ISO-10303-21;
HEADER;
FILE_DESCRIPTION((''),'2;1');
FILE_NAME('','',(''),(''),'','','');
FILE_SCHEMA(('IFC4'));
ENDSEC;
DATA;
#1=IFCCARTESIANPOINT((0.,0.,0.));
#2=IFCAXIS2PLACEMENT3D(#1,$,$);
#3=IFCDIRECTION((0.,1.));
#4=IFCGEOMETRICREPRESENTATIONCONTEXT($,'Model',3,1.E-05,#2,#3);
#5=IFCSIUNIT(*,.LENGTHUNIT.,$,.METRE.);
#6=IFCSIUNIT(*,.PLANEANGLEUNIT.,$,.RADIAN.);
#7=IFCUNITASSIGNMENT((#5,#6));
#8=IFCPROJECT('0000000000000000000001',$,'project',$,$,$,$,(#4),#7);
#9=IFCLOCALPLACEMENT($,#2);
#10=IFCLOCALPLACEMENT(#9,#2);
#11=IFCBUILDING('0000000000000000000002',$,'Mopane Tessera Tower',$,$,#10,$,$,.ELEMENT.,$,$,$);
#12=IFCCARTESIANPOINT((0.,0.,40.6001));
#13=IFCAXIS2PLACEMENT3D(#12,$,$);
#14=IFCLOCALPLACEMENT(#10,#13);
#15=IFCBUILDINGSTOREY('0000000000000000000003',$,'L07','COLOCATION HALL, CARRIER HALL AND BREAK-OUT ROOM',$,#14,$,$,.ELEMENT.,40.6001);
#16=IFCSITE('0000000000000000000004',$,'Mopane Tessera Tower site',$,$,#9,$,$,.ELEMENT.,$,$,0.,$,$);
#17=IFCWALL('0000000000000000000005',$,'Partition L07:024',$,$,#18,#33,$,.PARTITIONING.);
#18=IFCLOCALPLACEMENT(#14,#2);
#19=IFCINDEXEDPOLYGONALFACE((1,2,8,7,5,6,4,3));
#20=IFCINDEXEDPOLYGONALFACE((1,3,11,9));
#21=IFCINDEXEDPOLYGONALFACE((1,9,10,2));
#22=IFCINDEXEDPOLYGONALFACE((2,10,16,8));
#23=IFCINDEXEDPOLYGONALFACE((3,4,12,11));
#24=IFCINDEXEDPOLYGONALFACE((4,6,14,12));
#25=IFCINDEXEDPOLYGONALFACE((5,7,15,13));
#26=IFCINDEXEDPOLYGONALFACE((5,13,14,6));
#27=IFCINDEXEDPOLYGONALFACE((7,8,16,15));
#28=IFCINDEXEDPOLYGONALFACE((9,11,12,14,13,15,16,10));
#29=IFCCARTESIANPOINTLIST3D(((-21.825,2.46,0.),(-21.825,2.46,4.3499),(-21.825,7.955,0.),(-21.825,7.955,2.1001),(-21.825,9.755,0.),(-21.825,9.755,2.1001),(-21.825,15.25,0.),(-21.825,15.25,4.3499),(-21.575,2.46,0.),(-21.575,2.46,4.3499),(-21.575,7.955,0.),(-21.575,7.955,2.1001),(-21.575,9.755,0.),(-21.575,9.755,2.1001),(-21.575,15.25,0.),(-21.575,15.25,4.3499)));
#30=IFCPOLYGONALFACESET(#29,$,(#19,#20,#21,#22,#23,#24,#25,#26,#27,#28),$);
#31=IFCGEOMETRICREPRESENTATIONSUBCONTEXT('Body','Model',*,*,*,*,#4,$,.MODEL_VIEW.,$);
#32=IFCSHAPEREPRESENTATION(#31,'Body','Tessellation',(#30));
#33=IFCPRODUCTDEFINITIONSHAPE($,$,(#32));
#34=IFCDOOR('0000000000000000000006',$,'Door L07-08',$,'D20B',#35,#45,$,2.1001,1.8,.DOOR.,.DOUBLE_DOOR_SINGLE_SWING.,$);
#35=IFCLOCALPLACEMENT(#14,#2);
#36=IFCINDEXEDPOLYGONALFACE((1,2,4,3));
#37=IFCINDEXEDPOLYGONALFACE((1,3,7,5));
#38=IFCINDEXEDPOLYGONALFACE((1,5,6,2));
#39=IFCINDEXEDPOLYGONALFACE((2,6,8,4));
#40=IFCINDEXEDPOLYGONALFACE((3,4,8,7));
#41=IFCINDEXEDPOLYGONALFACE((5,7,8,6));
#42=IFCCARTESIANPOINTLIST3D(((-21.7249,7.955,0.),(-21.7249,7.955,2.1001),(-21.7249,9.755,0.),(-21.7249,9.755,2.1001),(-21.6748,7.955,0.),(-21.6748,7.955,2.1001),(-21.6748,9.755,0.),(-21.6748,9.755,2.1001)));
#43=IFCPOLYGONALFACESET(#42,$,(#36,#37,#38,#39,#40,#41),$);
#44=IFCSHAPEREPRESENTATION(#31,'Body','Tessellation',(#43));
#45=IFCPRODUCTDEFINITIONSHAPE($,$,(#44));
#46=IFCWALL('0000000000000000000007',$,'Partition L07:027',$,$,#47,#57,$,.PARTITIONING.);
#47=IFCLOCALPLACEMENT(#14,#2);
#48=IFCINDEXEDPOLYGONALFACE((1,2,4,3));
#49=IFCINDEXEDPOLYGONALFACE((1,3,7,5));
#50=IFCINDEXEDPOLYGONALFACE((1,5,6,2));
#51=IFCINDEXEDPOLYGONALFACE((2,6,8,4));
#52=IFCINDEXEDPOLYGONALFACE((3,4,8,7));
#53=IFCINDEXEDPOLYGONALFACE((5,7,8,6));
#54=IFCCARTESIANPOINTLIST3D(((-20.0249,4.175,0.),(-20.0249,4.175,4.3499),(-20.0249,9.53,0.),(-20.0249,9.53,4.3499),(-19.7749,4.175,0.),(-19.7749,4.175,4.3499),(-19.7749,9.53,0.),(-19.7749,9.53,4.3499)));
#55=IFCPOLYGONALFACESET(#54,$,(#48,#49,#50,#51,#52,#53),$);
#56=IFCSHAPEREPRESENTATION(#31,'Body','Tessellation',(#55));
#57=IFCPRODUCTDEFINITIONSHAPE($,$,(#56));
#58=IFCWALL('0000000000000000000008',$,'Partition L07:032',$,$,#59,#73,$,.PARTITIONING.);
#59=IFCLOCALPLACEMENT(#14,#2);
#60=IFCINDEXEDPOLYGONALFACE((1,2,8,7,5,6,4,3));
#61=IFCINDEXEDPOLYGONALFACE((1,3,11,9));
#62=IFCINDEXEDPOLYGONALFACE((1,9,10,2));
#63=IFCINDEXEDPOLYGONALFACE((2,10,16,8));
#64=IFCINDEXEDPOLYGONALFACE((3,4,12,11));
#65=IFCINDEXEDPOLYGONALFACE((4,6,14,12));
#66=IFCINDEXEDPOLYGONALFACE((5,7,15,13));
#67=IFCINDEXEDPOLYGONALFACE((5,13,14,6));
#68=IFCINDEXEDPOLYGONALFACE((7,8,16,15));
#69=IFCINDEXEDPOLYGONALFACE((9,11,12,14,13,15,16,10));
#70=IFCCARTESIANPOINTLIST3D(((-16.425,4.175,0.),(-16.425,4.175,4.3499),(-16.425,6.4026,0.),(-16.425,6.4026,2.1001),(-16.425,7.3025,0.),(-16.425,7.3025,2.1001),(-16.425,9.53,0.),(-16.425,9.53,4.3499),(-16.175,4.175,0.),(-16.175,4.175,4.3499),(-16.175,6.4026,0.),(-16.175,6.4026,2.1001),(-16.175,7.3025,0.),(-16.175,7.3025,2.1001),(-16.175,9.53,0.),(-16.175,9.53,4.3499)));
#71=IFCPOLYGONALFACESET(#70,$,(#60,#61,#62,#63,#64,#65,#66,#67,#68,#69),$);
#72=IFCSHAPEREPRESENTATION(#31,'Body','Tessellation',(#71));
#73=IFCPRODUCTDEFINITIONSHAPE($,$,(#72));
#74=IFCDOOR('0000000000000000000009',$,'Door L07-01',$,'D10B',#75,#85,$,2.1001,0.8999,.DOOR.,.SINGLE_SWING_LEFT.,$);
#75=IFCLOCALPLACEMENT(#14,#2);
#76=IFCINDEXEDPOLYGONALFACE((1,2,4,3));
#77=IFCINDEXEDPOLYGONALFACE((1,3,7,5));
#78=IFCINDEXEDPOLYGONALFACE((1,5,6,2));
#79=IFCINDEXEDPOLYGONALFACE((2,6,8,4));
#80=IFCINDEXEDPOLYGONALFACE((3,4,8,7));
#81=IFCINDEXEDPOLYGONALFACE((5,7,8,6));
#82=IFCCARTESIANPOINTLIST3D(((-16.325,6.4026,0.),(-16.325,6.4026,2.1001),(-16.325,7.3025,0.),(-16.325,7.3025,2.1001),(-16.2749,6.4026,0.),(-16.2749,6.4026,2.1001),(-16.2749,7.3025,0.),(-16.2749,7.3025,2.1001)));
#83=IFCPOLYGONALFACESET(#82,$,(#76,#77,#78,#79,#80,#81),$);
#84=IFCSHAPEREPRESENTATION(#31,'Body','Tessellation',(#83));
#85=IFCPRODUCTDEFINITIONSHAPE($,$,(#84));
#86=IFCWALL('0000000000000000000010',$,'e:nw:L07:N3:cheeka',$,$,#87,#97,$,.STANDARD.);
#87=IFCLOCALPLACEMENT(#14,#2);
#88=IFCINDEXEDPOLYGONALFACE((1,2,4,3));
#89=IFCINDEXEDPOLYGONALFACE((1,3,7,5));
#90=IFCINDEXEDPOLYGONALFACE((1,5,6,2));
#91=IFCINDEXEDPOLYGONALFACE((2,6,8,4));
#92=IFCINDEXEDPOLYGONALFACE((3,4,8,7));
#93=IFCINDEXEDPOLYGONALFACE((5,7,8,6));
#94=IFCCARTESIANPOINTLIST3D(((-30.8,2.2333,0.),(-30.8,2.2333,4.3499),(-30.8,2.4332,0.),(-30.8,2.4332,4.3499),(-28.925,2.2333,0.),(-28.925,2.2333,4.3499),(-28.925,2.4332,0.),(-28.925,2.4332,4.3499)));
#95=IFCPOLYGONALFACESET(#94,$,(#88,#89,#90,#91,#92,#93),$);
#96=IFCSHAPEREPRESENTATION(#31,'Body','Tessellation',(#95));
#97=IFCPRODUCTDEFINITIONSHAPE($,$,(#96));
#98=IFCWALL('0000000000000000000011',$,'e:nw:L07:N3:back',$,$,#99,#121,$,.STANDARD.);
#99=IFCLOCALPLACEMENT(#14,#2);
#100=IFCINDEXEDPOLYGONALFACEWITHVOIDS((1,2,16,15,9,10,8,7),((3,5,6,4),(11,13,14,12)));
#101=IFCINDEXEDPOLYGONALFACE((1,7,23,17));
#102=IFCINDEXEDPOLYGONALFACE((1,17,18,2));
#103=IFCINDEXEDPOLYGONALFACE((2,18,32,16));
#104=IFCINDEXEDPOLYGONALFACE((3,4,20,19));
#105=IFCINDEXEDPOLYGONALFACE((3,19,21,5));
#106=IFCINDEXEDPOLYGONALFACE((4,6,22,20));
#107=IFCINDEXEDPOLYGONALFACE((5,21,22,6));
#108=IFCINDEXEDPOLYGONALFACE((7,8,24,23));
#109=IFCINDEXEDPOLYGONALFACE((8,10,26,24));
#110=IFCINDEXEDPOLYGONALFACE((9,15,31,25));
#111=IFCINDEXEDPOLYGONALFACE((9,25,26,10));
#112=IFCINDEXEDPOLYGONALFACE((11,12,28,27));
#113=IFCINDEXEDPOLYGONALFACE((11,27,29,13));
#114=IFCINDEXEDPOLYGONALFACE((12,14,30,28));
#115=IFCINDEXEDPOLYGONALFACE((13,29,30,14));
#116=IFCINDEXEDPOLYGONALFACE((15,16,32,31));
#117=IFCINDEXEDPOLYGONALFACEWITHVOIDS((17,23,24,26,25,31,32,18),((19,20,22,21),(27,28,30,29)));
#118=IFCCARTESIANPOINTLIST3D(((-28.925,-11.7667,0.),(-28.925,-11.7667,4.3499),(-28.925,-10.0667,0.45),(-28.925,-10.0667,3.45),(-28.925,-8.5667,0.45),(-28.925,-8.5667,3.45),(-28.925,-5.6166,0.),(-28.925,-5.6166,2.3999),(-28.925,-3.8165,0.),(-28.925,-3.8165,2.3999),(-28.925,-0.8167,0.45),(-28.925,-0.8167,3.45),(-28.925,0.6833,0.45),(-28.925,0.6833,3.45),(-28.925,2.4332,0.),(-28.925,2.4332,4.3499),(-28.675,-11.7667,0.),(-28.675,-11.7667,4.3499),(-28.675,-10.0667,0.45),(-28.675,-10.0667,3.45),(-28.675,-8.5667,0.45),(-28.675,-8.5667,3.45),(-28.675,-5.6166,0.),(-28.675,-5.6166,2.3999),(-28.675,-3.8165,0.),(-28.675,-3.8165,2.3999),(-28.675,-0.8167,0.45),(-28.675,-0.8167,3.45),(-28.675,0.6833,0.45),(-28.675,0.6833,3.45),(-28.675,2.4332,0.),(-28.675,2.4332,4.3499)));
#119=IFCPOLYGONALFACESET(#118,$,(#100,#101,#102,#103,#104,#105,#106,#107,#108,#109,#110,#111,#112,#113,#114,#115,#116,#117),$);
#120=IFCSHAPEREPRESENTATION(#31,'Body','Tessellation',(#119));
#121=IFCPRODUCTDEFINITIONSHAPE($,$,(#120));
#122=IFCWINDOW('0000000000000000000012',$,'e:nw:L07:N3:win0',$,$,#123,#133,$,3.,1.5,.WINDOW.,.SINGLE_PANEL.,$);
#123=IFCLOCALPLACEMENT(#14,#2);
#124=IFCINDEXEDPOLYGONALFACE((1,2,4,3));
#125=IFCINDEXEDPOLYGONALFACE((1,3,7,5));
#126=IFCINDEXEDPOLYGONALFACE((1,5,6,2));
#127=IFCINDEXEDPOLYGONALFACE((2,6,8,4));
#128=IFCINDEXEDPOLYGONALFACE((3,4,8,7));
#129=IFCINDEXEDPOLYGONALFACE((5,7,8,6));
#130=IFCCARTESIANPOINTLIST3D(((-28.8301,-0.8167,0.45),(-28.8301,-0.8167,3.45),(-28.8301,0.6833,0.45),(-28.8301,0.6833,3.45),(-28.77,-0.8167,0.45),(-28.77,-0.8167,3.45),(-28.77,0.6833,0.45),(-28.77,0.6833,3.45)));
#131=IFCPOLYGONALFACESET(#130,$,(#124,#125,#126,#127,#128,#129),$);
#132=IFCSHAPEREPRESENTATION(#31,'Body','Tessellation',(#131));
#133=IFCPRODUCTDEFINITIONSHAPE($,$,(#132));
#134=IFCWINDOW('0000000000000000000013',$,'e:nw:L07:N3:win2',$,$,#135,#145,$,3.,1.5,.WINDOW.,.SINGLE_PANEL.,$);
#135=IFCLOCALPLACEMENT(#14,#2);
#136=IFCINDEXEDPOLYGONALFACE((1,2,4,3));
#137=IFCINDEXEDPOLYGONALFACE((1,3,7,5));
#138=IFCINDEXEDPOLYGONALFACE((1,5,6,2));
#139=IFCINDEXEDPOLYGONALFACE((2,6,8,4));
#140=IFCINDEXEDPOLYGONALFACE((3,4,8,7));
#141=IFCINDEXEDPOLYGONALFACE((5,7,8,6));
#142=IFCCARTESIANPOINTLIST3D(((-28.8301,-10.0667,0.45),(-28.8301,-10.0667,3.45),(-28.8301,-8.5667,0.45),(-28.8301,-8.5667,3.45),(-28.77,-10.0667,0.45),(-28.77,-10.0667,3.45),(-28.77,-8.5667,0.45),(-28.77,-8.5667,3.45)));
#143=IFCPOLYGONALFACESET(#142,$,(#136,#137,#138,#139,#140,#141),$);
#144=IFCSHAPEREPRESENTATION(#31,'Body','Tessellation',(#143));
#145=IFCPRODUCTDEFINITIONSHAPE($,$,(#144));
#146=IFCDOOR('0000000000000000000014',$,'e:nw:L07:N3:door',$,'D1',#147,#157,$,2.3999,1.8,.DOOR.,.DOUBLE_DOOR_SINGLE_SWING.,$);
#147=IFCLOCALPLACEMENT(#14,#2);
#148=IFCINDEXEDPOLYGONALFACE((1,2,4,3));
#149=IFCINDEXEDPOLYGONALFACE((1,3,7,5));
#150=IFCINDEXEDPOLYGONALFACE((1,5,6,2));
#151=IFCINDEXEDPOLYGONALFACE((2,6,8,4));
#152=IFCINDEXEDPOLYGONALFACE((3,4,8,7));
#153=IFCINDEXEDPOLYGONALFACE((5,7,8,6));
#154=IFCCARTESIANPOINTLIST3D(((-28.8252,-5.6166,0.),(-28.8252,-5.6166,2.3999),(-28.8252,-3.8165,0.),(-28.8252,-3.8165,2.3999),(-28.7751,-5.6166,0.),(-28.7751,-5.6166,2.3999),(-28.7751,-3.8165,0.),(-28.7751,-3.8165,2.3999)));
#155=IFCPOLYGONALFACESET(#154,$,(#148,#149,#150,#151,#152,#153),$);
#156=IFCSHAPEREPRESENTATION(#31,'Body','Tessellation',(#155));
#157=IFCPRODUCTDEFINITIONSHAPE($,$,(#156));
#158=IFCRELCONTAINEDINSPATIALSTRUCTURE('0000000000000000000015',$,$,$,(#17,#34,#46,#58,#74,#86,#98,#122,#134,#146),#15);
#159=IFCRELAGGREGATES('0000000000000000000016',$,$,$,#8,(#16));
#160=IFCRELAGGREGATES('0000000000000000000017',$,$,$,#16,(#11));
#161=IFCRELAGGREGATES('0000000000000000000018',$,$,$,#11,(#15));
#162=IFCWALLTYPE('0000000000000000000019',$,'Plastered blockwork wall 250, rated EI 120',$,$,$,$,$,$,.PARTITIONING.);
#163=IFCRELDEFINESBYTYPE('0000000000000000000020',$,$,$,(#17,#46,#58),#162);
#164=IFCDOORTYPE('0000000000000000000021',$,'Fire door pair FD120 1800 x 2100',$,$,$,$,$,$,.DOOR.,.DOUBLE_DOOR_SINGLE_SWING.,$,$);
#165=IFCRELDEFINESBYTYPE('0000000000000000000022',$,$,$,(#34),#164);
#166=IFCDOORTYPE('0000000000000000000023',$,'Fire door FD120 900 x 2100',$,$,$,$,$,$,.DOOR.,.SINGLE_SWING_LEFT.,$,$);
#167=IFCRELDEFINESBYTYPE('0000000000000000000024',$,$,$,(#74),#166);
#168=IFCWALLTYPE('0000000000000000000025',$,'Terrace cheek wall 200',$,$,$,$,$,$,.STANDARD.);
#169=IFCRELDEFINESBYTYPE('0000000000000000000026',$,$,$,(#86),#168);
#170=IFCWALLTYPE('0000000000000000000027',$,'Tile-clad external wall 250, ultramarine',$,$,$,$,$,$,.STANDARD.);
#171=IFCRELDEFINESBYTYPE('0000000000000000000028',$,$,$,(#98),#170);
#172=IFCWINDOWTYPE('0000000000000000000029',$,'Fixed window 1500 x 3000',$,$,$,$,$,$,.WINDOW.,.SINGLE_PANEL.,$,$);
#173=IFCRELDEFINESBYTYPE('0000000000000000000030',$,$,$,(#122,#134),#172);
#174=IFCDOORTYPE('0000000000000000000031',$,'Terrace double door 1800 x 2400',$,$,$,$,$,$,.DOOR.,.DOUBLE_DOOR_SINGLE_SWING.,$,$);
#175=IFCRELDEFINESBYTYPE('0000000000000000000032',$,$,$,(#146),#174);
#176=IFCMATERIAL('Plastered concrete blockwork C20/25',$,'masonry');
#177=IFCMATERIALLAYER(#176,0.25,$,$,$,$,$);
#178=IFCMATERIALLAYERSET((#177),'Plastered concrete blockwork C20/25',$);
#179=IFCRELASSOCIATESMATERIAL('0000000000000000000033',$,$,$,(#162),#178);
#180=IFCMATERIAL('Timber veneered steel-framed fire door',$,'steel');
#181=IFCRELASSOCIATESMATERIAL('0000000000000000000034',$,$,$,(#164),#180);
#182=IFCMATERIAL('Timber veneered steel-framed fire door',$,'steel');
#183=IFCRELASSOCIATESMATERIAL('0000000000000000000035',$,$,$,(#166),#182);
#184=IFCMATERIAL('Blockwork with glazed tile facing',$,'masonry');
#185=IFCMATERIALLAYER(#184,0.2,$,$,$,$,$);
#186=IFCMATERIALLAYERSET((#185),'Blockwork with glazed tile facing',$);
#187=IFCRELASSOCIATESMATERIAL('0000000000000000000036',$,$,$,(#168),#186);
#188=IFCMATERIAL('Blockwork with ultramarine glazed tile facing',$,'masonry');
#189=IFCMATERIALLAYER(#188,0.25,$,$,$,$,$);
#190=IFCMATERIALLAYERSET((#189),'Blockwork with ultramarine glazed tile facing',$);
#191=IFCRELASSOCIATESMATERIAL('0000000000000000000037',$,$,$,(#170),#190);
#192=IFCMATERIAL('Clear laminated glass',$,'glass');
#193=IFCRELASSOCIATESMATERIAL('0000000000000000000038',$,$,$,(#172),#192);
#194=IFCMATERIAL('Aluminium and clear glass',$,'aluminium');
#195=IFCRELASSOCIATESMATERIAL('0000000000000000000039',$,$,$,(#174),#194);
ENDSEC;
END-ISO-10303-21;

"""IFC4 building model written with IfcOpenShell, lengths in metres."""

from ifc_helpers import new_model, si_unit, direction, frame, frame_2d, origin, place, context, subcontext, project, spatial, rectangle, extrude, material, layer, layer_set, type_object, element, fill, save


model = new_model("IFC4")

# Units and contexts
model_context = context("Model", 3, precision=1e-05, world=origin(), true_north=direction((0.0, 1.0)))
body_context = subcontext(model_context, "Body", "Model", "MODEL_VIEW")
ifc_project = project(units=[si_unit("LENGTHUNIT", "METRE"), si_unit("PLANEANGLEUNIT", "RADIAN")], contexts=[model_context])

# Site, building, storey
site_placement = place(None, origin())
site = spatial("IfcSite", under=ifc_project, at=site_placement, Name="Mopane Tessera Tower site", CompositionType="ELEMENT", RefElevation=0.0)
building_placement = place(site_placement, origin())
building = spatial("IfcBuilding", under=site, at=building_placement, Name="Mopane Tessera Tower", CompositionType="ELEMENT")
storey_placement = place(building_placement, frame((0.0, 0.0, 40.6001)))
storey = spatial("IfcBuildingStorey", under=building, at=storey_placement, Name="L07", Description="COLOCATION HALL, CARRIER HALL AND BREAK-OUT ROOM", CompositionType="ELEMENT", Elevation=40.6001)

# Shared definitions
ifc_material_1 = material(Name="Plastered concrete blockwork C20/25", Category="masonry")
ifc_layer_1 = layer(ifc_material_1, 0.25)
ifc_layer_set_1 = layer_set([ifc_layer_1], Name="Plastered concrete blockwork C20/25")
wall_type_1 = type_object("IfcWallType", Name="Plastered blockwork wall 250, rated EI 120", PredefinedType="PARTITIONING", material=ifc_layer_set_1)

# Wall, opening, door
wall_1_placement = place(storey_placement, frame((-21.7, 2.46, 0.0), z_axis=(0.0, 0.0, 1.0), x_axis=(0.0, 1.0, 0.0)))
wall_1 = element("IfcWall", 1, at=wall_1_placement, inside=storey, type_object=wall_type_1, Name="Partition L07:024", PredefinedType="PARTITIONING", context=body_context, shape_type="SweptSolid", body=[
    extrude(rectangle(XDim=12.79, YDim=0.25, at=frame_2d((6.395, 0.0))), origin(), (0.0, 0.0, 1.0), 4.3499),
])
opening_1_placement = place(wall_1_placement, frame((5.4951, 0.0, 0.0)))
opening_1 = element("IfcOpeningElement", 2, at=opening_1_placement, cuts=wall_1, PredefinedType="OPENING", context=body_context, shape_type="SweptSolid", body=[
    extrude(rectangle(XDim=1.8, YDim=2.1001, at=frame_2d((0.8999, 1.05))), frame((0.0, 0.137, 0.0), z_axis=(0.0, -1.0, 0.0), x_axis=(1.0, 0.0, 0.0)), (0.0, 0.0, 1.0), 0.2739),
])
ifc_material_2 = material(Name="Timber veneered steel-framed fire door", Category="steel")
door_type_1 = type_object("IfcDoorType", Name="Fire door pair FD120 1800 x 2100", OperationType="DOUBLE_DOOR_SINGLE_SWING", PredefinedType="DOOR", material=ifc_material_2)
door_1_placement = place(opening_1_placement, origin())
door_1 = element("IfcDoor", 3, at=door_1_placement, inside=storey, type_object=door_type_1, Name="Door L07-08", ObjectType="D20B", OperationType="DOUBLE_DOOR_SINGLE_SWING", OverallHeight=2.1001, OverallWidth=1.8, PredefinedType="DOOR", context=body_context, shape_type="SweptSolid", body=[
    extrude(rectangle(XDim=1.8, YDim=2.1001, at=frame_2d((0.8999, 1.05))), frame((0.0, 0.0249, 0.0), z_axis=(0.0, -1.0, 0.0), x_axis=(1.0, 0.0, 0.0)), (0.0, 0.0, 1.0), 0.05),
])
fill(opening_1, door_1)

# Wall
wall_2_placement = place(storey_placement, frame((-19.8999, 4.175, 0.0), z_axis=(0.0, 0.0, 1.0), x_axis=(0.0, 1.0, 0.0)))
element("IfcWall", 4, at=wall_2_placement, inside=storey, type_object=wall_type_1, Name="Partition L07:027", PredefinedType="PARTITIONING", context=body_context, shape_type="SweptSolid", body=[
    extrude(rectangle(XDim=5.355, YDim=0.25, at=frame_2d((2.6775, 0.0))), origin(), (0.0, 0.0, 1.0), 4.3499),
])

# Wall, opening, door
wall_3_placement = place(storey_placement, frame((-16.3, 4.175, 0.0), z_axis=(0.0, 0.0, 1.0), x_axis=(0.0, 1.0, 0.0)))
wall_3 = element("IfcWall", 5, at=wall_3_placement, inside=storey, type_object=wall_type_1, Name="Partition L07:032", PredefinedType="PARTITIONING", context=body_context, shape_type="SweptSolid", body=[
    extrude(rectangle(XDim=5.355, YDim=0.25, at=frame_2d((2.6775, 0.0))), origin(), (0.0, 0.0, 1.0), 4.3499),
])
opening_2_placement = place(wall_3_placement, frame((2.2275, 0.0, 0.0)))
opening_2 = element("IfcOpeningElement", 6, at=opening_2_placement, cuts=wall_3, PredefinedType="OPENING", context=body_context, shape_type="SweptSolid", body=[
    extrude(rectangle(XDim=0.8999, YDim=2.1001, at=frame_2d((0.45, 1.05))), frame((0.0, 0.137, 0.0), z_axis=(0.0, -1.0, 0.0), x_axis=(1.0, 0.0, 0.0)), (0.0, 0.0, 1.0), 0.2739),
])
ifc_material_3 = material(Name="Timber veneered steel-framed fire door", Category="steel")
door_type_2 = type_object("IfcDoorType", Name="Fire door FD120 900 x 2100", OperationType="SINGLE_SWING_LEFT", PredefinedType="DOOR", material=ifc_material_3)
door_2_placement = place(opening_2_placement, origin())
door_2 = element("IfcDoor", 7, at=door_2_placement, inside=storey, type_object=door_type_2, Name="Door L07-01", ObjectType="D10B", OperationType="SINGLE_SWING_LEFT", OverallHeight=2.1001, OverallWidth=0.8999, PredefinedType="DOOR", context=body_context, shape_type="SweptSolid", body=[
    extrude(rectangle(XDim=0.8999, YDim=2.1001, at=frame_2d((0.45, 1.05))), frame((0.0, 0.0249, 0.0), z_axis=(0.0, -1.0, 0.0), x_axis=(1.0, 0.0, 0.0)), (0.0, 0.0, 1.0), 0.05),
])
fill(opening_2, door_2)

# Wall
ifc_material_4 = material(Name="Blockwork with glazed tile facing", Category="masonry")
ifc_layer_2 = layer(ifc_material_4, 0.2)
ifc_layer_set_2 = layer_set([ifc_layer_2], Name="Blockwork with glazed tile facing")
wall_type_2 = type_object("IfcWallType", Name="Terrace cheek wall 200", PredefinedType="STANDARD", material=ifc_layer_set_2)
wall_4_placement = place(storey_placement, frame((-30.8, 2.3333, 0.0), z_axis=(0.0, 0.0, 1.0), x_axis=(1.0, 0.0, 0.0)))
element("IfcWall", 8, at=wall_4_placement, inside=storey, type_object=wall_type_2, Name="e:nw:L07:N3:cheeka", PredefinedType="STANDARD", context=body_context, shape_type="SweptSolid", body=[
    extrude(rectangle(XDim=1.875, YDim=0.2, at=frame_2d((0.9375, 0.0))), origin(), (0.0, 0.0, 1.0), 4.3499),
])

# Wall, openings, windows, door
ifc_material_5 = material(Name="Blockwork with ultramarine glazed tile facing", Category="masonry")
ifc_layer_3 = layer(ifc_material_5, 0.25)
ifc_layer_set_3 = layer_set([ifc_layer_3], Name="Blockwork with ultramarine glazed tile facing")
wall_type_3 = type_object("IfcWallType", Name="Tile-clad external wall 250, ultramarine", PredefinedType="STANDARD", material=ifc_layer_set_3)
wall_5_placement = place(storey_placement, frame((-28.8, 2.4333, 0.0), z_axis=(0.0, 0.0, 1.0), x_axis=(0.0, -1.0, 0.0)))
wall_5 = element("IfcWall", 9, at=wall_5_placement, inside=storey, type_object=wall_type_3, Name="e:nw:L07:N3:back", PredefinedType="STANDARD", context=body_context, shape_type="SweptSolid", body=[
    extrude(rectangle(XDim=14.2, YDim=0.25, at=frame_2d((7.1001, 0.0))), origin(), (0.0, 0.0, 1.0), 4.3499),
])
opening_3_placement = place(wall_5_placement, frame((1.75, 0.0, 0.45)))
opening_3 = element("IfcOpeningElement", 10, at=opening_3_placement, cuts=wall_5, PredefinedType="OPENING", context=body_context, shape_type="SweptSolid", body=[
    extrude(rectangle(XDim=1.5, YDim=3.0, at=frame_2d((0.75, 1.5))), frame((0.0, 0.137, 0.0), z_axis=(0.0, -1.0, 0.0), x_axis=(1.0, 0.0, 0.0)), (0.0, 0.0, 1.0), 0.2739),
])
opening_4_placement = place(wall_5_placement, frame((6.25, 0.0, 0.0)))
opening_4 = element("IfcOpeningElement", 11, at=opening_4_placement, cuts=wall_5, PredefinedType="OPENING", context=body_context, shape_type="SweptSolid", body=[
    extrude(rectangle(XDim=1.8, YDim=2.3999, at=frame_2d((0.8999, 1.2))), frame((0.0, 0.137, 0.0), z_axis=(0.0, -1.0, 0.0), x_axis=(1.0, 0.0, 0.0)), (0.0, 0.0, 1.0), 0.2739),
])
opening_5_placement = place(wall_5_placement, frame((11.0, 0.0, 0.45)))
opening_5 = element("IfcOpeningElement", 12, at=opening_5_placement, cuts=wall_5, PredefinedType="OPENING", context=body_context, shape_type="SweptSolid", body=[
    extrude(rectangle(XDim=1.5, YDim=3.0, at=frame_2d((0.75, 1.5))), frame((0.0, 0.137, 0.0), z_axis=(0.0, -1.0, 0.0), x_axis=(1.0, 0.0, 0.0)), (0.0, 0.0, 1.0), 0.2739),
])
ifc_material_6 = material(Name="Clear laminated glass", Category="glass")
window_type = type_object("IfcWindowType", Name="Fixed window 1500 x 3000", PartitioningType="SINGLE_PANEL", PredefinedType="WINDOW", material=ifc_material_6)
window_1_placement = place(opening_3_placement, origin())
window_1 = element("IfcWindow", 13, at=window_1_placement, inside=storey, type_object=window_type, Name="e:nw:L07:N3:win0", OverallHeight=3.0, OverallWidth=1.5, PartitioningType="SINGLE_PANEL", PredefinedType="WINDOW", context=body_context, shape_type="SweptSolid", body=[
    extrude(rectangle(XDim=1.5, YDim=3.0, at=frame_2d((0.75, 1.5))), frame((0.0, 0.03, 0.0), z_axis=(0.0, -1.0, 0.0), x_axis=(1.0, 0.0, 0.0)), (0.0, 0.0, 1.0), 0.0601),
])
fill(opening_3, window_1)
window_2_placement = place(opening_5_placement, origin())
window_2 = element("IfcWindow", 14, at=window_2_placement, inside=storey, type_object=window_type, Name="e:nw:L07:N3:win2", OverallHeight=3.0, OverallWidth=1.5, PartitioningType="SINGLE_PANEL", PredefinedType="WINDOW", context=body_context, shape_type="SweptSolid", body=[
    extrude(rectangle(XDim=1.5, YDim=3.0, at=frame_2d((0.75, 1.5))), frame((0.0, 0.03, 0.0), z_axis=(0.0, -1.0, 0.0), x_axis=(1.0, 0.0, 0.0)), (0.0, 0.0, 1.0), 0.0601),
])
fill(opening_5, window_2)
ifc_material_7 = material(Name="Aluminium and clear glass", Category="aluminium")
door_type_3 = type_object("IfcDoorType", Name="Terrace double door 1800 x 2400", OperationType="DOUBLE_DOOR_SINGLE_SWING", PredefinedType="DOOR", material=ifc_material_7)
door_3_placement = place(opening_4_placement, origin())
door_3 = element("IfcDoor", 15, at=door_3_placement, inside=storey, type_object=door_type_3, Name="e:nw:L07:N3:door", ObjectType="D1", OperationType="DOUBLE_DOOR_SINGLE_SWING", OverallHeight=2.3999, OverallWidth=1.8, PredefinedType="DOOR", context=body_context, shape_type="SweptSolid", body=[
    extrude(rectangle(XDim=1.8, YDim=2.3999, at=frame_2d((0.8999, 1.2))), frame((0.0, 0.0249, 0.0), z_axis=(0.0, -1.0, 0.0), x_axis=(1.0, 0.0, 0.0)), (0.0, 0.0, 1.0), 0.05),
])
fill(opening_4, door_3)

save(model, "model.ifc")
